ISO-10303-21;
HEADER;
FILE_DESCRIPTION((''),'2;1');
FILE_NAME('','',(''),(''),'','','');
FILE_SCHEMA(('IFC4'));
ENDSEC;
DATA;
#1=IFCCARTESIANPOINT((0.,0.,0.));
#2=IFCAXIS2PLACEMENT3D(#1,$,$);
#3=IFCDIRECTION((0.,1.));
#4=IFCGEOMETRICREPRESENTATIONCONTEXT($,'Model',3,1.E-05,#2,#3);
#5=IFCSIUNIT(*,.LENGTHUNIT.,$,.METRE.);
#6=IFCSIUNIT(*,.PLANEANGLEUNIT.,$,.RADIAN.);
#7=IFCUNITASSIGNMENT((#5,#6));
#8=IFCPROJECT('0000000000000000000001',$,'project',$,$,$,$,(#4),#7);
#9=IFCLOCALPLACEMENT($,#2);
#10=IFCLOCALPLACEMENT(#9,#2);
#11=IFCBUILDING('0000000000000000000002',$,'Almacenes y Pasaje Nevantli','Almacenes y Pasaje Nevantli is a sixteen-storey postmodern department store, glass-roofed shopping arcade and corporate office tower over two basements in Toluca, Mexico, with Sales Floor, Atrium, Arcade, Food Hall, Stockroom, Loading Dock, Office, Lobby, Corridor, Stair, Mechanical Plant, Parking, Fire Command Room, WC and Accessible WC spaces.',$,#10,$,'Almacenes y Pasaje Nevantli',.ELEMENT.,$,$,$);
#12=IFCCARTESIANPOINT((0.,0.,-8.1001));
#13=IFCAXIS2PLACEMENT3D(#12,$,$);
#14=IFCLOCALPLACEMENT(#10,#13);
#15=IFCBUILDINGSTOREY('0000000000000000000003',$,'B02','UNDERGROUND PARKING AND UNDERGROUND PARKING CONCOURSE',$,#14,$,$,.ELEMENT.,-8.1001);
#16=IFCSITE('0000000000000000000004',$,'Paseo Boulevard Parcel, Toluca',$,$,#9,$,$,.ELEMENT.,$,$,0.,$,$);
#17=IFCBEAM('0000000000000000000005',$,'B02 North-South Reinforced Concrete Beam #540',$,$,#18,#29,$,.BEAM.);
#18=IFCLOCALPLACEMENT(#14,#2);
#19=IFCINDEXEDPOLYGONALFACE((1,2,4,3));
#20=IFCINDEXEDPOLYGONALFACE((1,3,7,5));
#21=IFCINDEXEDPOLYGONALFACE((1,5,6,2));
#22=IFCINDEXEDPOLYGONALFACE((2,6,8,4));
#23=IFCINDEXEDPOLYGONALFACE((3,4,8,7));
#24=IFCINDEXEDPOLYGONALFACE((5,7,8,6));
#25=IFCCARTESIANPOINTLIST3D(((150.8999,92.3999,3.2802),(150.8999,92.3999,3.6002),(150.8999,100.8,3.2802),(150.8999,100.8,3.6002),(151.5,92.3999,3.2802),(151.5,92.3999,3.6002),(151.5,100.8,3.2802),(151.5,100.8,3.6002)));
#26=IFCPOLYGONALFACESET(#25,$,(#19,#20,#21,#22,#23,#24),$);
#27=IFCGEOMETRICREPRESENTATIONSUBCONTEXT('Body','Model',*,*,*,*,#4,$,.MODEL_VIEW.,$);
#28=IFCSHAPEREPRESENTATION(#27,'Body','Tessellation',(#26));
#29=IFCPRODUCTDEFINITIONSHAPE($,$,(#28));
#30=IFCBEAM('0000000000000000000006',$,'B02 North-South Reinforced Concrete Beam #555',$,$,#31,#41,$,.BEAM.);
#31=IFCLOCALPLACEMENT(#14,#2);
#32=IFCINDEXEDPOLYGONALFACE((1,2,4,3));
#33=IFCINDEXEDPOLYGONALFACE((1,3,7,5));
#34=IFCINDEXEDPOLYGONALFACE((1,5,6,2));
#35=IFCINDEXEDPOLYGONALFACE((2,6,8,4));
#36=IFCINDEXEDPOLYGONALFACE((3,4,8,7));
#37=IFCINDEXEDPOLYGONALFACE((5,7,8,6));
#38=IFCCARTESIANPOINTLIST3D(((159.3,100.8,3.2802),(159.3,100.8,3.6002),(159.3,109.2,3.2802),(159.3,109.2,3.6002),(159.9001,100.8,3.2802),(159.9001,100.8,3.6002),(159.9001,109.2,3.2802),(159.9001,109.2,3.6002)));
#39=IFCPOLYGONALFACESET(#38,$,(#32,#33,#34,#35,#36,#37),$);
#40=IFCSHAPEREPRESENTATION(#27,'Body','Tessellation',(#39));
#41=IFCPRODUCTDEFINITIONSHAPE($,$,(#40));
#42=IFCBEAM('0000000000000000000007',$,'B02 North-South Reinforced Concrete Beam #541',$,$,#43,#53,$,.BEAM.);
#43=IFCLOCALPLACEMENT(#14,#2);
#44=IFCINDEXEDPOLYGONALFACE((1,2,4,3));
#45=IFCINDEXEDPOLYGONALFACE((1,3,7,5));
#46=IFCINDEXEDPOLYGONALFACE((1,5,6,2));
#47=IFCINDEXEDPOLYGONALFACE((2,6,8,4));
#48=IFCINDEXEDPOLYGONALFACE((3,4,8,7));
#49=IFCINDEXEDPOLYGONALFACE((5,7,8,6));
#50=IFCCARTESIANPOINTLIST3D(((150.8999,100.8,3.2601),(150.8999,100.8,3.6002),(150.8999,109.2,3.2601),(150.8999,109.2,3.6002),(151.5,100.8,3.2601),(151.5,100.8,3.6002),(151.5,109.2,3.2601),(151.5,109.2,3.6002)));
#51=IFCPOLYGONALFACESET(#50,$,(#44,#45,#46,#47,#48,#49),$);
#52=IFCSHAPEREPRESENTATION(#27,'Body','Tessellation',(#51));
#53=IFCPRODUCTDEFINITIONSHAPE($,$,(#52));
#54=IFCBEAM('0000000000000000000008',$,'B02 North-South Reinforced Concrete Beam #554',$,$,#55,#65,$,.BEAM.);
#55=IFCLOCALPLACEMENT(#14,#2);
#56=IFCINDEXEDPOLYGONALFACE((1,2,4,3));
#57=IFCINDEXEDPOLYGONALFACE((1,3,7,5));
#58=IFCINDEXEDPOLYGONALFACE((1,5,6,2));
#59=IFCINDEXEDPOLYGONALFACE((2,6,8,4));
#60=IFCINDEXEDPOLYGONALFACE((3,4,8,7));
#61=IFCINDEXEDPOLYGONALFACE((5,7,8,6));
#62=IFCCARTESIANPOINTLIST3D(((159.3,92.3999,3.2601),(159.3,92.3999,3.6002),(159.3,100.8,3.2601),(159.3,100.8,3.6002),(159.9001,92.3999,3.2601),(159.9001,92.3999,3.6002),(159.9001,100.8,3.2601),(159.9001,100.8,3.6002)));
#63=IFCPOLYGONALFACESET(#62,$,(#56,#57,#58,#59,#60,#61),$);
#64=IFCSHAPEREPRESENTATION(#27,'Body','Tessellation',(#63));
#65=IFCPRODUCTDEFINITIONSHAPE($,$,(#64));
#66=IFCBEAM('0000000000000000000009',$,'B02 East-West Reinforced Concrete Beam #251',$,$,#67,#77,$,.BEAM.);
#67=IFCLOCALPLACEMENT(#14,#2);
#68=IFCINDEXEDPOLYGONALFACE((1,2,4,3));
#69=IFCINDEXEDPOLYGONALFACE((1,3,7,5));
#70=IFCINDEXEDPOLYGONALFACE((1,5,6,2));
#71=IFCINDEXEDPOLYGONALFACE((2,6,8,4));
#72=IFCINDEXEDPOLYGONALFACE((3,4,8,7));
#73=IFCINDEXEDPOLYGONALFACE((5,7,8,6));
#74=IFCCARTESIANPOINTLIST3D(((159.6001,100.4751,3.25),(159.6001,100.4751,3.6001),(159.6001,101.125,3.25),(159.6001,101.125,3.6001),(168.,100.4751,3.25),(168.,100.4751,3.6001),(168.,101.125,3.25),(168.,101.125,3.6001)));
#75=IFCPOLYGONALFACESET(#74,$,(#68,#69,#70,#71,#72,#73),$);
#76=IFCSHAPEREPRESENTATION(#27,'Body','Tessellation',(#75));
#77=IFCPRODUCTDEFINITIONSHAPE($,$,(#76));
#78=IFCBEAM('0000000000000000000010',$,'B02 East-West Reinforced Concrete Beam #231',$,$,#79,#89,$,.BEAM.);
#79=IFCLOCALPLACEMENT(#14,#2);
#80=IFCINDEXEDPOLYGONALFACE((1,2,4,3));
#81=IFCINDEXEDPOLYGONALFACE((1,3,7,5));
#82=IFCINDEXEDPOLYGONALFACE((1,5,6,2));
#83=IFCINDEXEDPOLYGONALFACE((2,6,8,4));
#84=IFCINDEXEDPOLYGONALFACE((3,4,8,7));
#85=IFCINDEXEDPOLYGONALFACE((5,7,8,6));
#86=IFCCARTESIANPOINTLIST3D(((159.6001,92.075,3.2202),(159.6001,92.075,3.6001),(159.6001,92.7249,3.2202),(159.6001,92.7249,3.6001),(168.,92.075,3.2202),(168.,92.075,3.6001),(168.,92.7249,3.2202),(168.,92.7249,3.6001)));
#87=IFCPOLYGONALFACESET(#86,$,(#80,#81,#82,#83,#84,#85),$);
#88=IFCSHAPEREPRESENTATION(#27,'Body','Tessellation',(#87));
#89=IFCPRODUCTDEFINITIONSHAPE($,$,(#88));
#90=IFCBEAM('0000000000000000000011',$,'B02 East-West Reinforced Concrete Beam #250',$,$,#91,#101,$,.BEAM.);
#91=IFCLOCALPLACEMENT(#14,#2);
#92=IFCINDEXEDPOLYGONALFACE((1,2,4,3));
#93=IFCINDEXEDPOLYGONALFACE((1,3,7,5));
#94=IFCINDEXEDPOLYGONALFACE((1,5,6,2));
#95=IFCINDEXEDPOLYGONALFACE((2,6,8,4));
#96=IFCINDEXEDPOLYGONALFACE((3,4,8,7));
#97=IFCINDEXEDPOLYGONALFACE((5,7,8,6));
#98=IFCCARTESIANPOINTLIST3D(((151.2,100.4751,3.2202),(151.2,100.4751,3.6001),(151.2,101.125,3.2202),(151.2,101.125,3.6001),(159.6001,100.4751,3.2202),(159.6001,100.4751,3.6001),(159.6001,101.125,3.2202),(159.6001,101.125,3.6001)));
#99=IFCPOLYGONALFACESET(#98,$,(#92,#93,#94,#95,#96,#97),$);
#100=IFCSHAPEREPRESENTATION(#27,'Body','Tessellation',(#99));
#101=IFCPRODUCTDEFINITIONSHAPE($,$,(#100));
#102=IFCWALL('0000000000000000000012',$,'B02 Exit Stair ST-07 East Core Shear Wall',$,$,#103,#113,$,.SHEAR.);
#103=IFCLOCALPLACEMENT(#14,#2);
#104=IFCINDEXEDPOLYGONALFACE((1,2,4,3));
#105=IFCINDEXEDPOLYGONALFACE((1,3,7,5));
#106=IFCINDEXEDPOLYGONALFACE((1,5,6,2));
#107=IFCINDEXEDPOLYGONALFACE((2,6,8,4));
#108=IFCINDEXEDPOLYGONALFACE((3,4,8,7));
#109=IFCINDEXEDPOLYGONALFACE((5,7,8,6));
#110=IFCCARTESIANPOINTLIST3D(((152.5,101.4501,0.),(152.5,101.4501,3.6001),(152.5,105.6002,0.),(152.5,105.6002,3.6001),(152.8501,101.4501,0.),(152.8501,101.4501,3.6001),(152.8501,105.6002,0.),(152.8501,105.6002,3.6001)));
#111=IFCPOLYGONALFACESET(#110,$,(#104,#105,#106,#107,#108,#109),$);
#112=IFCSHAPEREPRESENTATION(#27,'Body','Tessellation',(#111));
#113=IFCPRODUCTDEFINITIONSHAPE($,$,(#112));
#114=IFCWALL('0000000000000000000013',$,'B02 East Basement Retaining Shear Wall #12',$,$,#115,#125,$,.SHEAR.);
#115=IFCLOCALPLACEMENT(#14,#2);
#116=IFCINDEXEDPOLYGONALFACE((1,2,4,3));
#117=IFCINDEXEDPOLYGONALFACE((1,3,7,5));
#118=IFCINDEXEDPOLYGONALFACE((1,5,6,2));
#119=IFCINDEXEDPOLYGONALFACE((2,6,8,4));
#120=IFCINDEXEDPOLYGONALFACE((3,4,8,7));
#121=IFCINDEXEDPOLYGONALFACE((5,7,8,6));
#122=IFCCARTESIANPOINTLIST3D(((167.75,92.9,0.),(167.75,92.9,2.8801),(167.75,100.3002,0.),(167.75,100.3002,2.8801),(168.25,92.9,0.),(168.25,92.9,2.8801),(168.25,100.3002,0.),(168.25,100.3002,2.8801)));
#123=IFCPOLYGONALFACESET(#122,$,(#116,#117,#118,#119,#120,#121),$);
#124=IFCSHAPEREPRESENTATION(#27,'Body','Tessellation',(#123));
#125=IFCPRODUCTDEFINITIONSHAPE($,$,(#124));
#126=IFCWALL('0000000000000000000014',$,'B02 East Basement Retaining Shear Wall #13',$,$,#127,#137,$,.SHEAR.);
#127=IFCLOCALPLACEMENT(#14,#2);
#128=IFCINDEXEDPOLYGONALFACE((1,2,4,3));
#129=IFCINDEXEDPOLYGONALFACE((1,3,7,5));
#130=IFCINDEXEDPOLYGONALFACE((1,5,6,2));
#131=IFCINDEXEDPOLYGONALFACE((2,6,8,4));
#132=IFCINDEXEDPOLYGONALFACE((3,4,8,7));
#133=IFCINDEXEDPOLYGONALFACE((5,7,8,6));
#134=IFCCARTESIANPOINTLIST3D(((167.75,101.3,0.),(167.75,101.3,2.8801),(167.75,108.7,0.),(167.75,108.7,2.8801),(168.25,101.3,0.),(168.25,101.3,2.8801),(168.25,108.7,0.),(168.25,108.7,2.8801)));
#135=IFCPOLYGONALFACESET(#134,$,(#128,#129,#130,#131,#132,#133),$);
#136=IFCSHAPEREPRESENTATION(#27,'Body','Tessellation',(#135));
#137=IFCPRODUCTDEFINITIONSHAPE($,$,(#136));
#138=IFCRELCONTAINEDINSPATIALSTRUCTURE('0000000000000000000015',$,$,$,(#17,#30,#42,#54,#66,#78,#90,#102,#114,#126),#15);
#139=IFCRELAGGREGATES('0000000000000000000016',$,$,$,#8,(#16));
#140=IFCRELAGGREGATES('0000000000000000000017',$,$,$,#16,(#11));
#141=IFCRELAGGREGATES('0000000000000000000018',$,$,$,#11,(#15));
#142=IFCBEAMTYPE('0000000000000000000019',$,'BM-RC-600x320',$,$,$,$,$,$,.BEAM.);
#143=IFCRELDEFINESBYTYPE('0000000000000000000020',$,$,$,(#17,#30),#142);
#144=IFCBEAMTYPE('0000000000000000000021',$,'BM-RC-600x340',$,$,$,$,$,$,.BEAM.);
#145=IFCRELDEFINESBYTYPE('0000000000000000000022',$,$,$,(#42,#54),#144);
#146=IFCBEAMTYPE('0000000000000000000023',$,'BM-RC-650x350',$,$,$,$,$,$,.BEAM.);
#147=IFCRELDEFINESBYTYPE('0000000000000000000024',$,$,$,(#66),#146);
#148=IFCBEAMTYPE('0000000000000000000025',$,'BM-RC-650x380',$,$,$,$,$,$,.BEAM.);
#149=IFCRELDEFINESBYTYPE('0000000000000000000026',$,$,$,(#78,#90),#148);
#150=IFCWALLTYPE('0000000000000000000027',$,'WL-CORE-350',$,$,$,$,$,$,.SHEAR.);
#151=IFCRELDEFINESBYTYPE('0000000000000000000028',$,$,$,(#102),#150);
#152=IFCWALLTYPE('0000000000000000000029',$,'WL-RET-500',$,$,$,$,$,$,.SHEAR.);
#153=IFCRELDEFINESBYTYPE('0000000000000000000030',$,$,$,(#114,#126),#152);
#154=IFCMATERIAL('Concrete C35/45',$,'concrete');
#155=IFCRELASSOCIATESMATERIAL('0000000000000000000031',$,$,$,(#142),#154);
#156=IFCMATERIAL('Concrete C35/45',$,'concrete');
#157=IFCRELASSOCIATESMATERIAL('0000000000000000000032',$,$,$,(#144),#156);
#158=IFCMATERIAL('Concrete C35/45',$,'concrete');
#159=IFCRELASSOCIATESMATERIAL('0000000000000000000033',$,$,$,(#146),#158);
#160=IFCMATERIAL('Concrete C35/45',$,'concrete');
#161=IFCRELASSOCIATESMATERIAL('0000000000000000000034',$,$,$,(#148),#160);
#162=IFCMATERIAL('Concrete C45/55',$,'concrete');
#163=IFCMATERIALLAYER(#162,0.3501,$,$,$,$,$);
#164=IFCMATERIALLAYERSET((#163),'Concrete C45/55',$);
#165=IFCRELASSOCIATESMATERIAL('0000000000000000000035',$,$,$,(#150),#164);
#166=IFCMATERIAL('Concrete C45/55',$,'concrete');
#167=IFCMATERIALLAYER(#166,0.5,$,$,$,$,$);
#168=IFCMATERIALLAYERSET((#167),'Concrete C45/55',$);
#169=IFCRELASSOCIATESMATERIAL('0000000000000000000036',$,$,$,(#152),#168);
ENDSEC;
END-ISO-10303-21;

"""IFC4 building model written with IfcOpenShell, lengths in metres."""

from ifc_helpers import new_model, si_unit, direction, frame, frame_2d, origin, origin_2d, place, context, subcontext, project, spatial, rectangle, extrude, material, layer, layer_set, material_profile, profile_set, type_object, element, save


model = new_model("IFC4")

# Units and contexts
model_context = context("Model", 3, precision=1e-05, world=origin(), true_north=direction((0.0, 1.0)))
body_context = subcontext(model_context, "Body", "Model", "MODEL_VIEW")
ifc_project = project(units=[si_unit("LENGTHUNIT", "METRE"), si_unit("PLANEANGLEUNIT", "RADIAN")], contexts=[model_context])

# Site, building, storey
site_placement = place(None, origin())
site = spatial("IfcSite", under=ifc_project, at=site_placement, Name="Paseo Boulevard Parcel, Toluca", CompositionType="ELEMENT", RefElevation=0.0)
building_placement = place(site_placement, origin())
building = spatial("IfcBuilding", under=site, at=building_placement, Name="Almacenes y Pasaje Nevantli", Description="Almacenes y Pasaje Nevantli is a sixteen-storey postmodern department store, glass-roofed shopping arcade and corporate office tower over two basements in Toluca, Mexico, with Sales Floor, Atrium, Arcade, Food Hall, Stockroom, Loading Dock, Office, Lobby, Corridor, Stair, Mechanical Plant, Parking, Fire Command Room, WC and Accessible WC spaces.", LongName="Almacenes y Pasaje Nevantli", CompositionType="ELEMENT")
storey_placement = place(building_placement, frame((0.0, 0.0, -8.1001)))
storey = spatial("IfcBuildingStorey", under=building, at=storey_placement, Name="B02", Description="UNDERGROUND PARKING AND UNDERGROUND PARKING CONCOURSE", CompositionType="ELEMENT", Elevation=-8.1001)

# Beams
ifc_material_1 = material(Name="Concrete C35/45", Category="concrete")
ifc_material_profile_1 = material_profile(ifc_material_1, rectangle(XDim=0.6001, YDim=0.3201, at=origin_2d()), Name="RC-BM-600x320")
ifc_profile_set_1 = profile_set([ifc_material_profile_1], Name="Concrete C35/45")
beam_type_1 = type_object("IfcBeamType", Name="BM-RC-600x320", PredefinedType="BEAM", material=ifc_profile_set_1)
beam_1_placement = place(storey_placement, frame((151.2, 92.3999, 3.4402), z_axis=(0.0, 1.0, 0.0), x_axis=(-1.0, 0.0, 0.0)))
element("IfcBeam", 1, at=beam_1_placement, inside=storey, type_object=beam_type_1, Name="B02 North-South Reinforced Concrete Beam #540", PredefinedType="BEAM", context=body_context, shape_type="SweptSolid", body=[
    extrude(rectangle(XDim=0.6001, YDim=0.3201, at=origin_2d()), origin(), (0.0, 0.0, 1.0), 8.4001),
])
beam_2_placement = place(storey_placement, frame((159.6001, 100.8, 3.4402), z_axis=(0.0, 1.0, 0.0), x_axis=(-1.0, 0.0, 0.0)))
element("IfcBeam", 2, at=beam_2_placement, inside=storey, type_object=beam_type_1, Name="B02 North-South Reinforced Concrete Beam #555", PredefinedType="BEAM", context=body_context, shape_type="SweptSolid", body=[
    extrude(rectangle(XDim=0.6001, YDim=0.3201, at=origin_2d()), origin(), (0.0, 0.0, 1.0), 8.3999),
])
ifc_material_2 = material(Name="Concrete C35/45", Category="concrete")
ifc_material_profile_2 = material_profile(ifc_material_2, rectangle(XDim=0.6001, YDim=0.3401, at=origin_2d()), Name="RC-BM-600x340")
ifc_profile_set_2 = profile_set([ifc_material_profile_2], Name="Concrete C35/45")
beam_type_2 = type_object("IfcBeamType", Name="BM-RC-600x340", PredefinedType="BEAM", material=ifc_profile_set_2)
beam_3_placement = place(storey_placement, frame((151.2, 100.8, 3.4302), z_axis=(0.0, 1.0, 0.0), x_axis=(-1.0, 0.0, 0.0)))
element("IfcBeam", 3, at=beam_3_placement, inside=storey, type_object=beam_type_2, Name="B02 North-South Reinforced Concrete Beam #541", PredefinedType="BEAM", context=body_context, shape_type="SweptSolid", body=[
    extrude(rectangle(XDim=0.6001, YDim=0.3401, at=origin_2d()), origin(), (0.0, 0.0, 1.0), 8.3999),
])
beam_4_placement = place(storey_placement, frame((159.6001, 92.3999, 3.4302), z_axis=(0.0, 1.0, 0.0), x_axis=(-1.0, 0.0, 0.0)))
element("IfcBeam", 4, at=beam_4_placement, inside=storey, type_object=beam_type_2, Name="B02 North-South Reinforced Concrete Beam #554", PredefinedType="BEAM", context=body_context, shape_type="SweptSolid", body=[
    extrude(rectangle(XDim=0.6001, YDim=0.3401, at=origin_2d()), origin(), (0.0, 0.0, 1.0), 8.4001),
])
ifc_material_3 = material(Name="Concrete C35/45", Category="concrete")
ifc_material_profile_3 = material_profile(ifc_material_3, rectangle(XDim=0.6499, YDim=0.3501, at=origin_2d()), Name="RC-BM-650x350")
ifc_profile_set_3 = profile_set([ifc_material_profile_3], Name="Concrete C35/45")
beam_type_3 = type_object("IfcBeamType", Name="BM-RC-650x350", PredefinedType="BEAM", material=ifc_profile_set_3)
beam_5_placement = place(storey_placement, frame((159.6001, 100.8, 3.425), z_axis=(1.0, 0.0, 0.0), x_axis=(0.0, 1.0, 0.0)))
element("IfcBeam", 5, at=beam_5_placement, inside=storey, type_object=beam_type_3, Name="B02 East-West Reinforced Concrete Beam #251", PredefinedType="BEAM", context=body_context, shape_type="SweptSolid", body=[
    extrude(rectangle(XDim=0.6499, YDim=0.3501, at=origin_2d()), origin(), (0.0, 0.0, 1.0), 8.3999),
])
ifc_material_4 = material(Name="Concrete C35/45", Category="concrete")
ifc_material_profile_4 = material_profile(ifc_material_4, rectangle(XDim=0.6499, YDim=0.3799, at=origin_2d()), Name="RC-BM-650x380")
ifc_profile_set_4 = profile_set([ifc_material_profile_4], Name="Concrete C35/45")
beam_type_4 = type_object("IfcBeamType", Name="BM-RC-650x380", PredefinedType="BEAM", material=ifc_profile_set_4)
beam_6_placement = place(storey_placement, frame((159.6001, 92.3999, 3.4102), z_axis=(1.0, 0.0, 0.0), x_axis=(0.0, 1.0, 0.0)))
element("IfcBeam", 6, at=beam_6_placement, inside=storey, type_object=beam_type_4, Name="B02 East-West Reinforced Concrete Beam #231", PredefinedType="BEAM", context=body_context, shape_type="SweptSolid", body=[
    extrude(rectangle(XDim=0.6499, YDim=0.3799, at=origin_2d()), origin(), (0.0, 0.0, 1.0), 8.3999),
])
beam_7_placement = place(storey_placement, frame((151.2, 100.8, 3.4102), z_axis=(1.0, 0.0, 0.0), x_axis=(0.0, 1.0, 0.0)))
element("IfcBeam", 7, at=beam_7_placement, inside=storey, type_object=beam_type_4, Name="B02 East-West Reinforced Concrete Beam #250", PredefinedType="BEAM", context=body_context, shape_type="SweptSolid", body=[
    extrude(rectangle(XDim=0.6499, YDim=0.3799, at=origin_2d()), origin(), (0.0, 0.0, 1.0), 8.4001),
])

# Walls
ifc_material_5 = material(Name="Concrete C45/55", Category="concrete")
ifc_layer_1 = layer(ifc_material_5, 0.3501)
ifc_layer_set_1 = layer_set([ifc_layer_1], Name="Concrete C45/55")
wall_type_1 = type_object("IfcWallType", Name="WL-CORE-350", PredefinedType="SHEAR", material=ifc_layer_set_1)
wall_1_placement = place(storey_placement, frame((152.675, 101.45, 0.0), z_axis=(0.0, 0.0, 1.0), x_axis=(0.0, 1.0, 0.0)))
element("IfcWall", 8, at=wall_1_placement, inside=storey, type_object=wall_type_1, Name="B02 Exit Stair ST-07 East Core Shear Wall", PredefinedType="SHEAR", context=body_context, shape_type="SweptSolid", body=[
    extrude(rectangle(XDim=4.1501, YDim=0.3501, at=frame_2d((2.0752, 0.0))), origin(), (0.0, 0.0, 1.0), 3.6001),
])
ifc_material_6 = material(Name="Concrete C45/55", Category="concrete")
ifc_layer_2 = layer(ifc_material_6, 0.5)
ifc_layer_set_2 = layer_set([ifc_layer_2], Name="Concrete C45/55")
wall_type_2 = type_object("IfcWallType", Name="WL-RET-500", PredefinedType="SHEAR", material=ifc_layer_set_2)
wall_2_placement = place(storey_placement, frame((168.0, 92.8999, 0.0), z_axis=(0.0, 0.0, 1.0), x_axis=(0.0, 1.0, 0.0)))
element("IfcWall", 9, at=wall_2_placement, inside=storey, type_object=wall_type_2, Name="B02 East Basement Retaining Shear Wall #12", PredefinedType="SHEAR", context=body_context, shape_type="SweptSolid", body=[
    extrude(rectangle(XDim=7.4001, YDim=0.5, at=frame_2d((3.7002, 0.0))), origin(), (0.0, 0.0, 1.0), 2.8801),
])
wall_3_placement = place(storey_placement, frame((168.0, 101.3, 0.0), z_axis=(0.0, 0.0, 1.0), x_axis=(0.0, 1.0, 0.0)))
element("IfcWall", 10, at=wall_3_placement, inside=storey, type_object=wall_type_2, Name="B02 East Basement Retaining Shear Wall #13", PredefinedType="SHEAR", context=body_context, shape_type="SweptSolid", body=[
    extrude(rectangle(XDim=7.3999, YDim=0.5, at=frame_2d((3.7, 0.0))), origin(), (0.0, 0.0, 1.0), 2.8801),
])

save(model, "model.ifc")
